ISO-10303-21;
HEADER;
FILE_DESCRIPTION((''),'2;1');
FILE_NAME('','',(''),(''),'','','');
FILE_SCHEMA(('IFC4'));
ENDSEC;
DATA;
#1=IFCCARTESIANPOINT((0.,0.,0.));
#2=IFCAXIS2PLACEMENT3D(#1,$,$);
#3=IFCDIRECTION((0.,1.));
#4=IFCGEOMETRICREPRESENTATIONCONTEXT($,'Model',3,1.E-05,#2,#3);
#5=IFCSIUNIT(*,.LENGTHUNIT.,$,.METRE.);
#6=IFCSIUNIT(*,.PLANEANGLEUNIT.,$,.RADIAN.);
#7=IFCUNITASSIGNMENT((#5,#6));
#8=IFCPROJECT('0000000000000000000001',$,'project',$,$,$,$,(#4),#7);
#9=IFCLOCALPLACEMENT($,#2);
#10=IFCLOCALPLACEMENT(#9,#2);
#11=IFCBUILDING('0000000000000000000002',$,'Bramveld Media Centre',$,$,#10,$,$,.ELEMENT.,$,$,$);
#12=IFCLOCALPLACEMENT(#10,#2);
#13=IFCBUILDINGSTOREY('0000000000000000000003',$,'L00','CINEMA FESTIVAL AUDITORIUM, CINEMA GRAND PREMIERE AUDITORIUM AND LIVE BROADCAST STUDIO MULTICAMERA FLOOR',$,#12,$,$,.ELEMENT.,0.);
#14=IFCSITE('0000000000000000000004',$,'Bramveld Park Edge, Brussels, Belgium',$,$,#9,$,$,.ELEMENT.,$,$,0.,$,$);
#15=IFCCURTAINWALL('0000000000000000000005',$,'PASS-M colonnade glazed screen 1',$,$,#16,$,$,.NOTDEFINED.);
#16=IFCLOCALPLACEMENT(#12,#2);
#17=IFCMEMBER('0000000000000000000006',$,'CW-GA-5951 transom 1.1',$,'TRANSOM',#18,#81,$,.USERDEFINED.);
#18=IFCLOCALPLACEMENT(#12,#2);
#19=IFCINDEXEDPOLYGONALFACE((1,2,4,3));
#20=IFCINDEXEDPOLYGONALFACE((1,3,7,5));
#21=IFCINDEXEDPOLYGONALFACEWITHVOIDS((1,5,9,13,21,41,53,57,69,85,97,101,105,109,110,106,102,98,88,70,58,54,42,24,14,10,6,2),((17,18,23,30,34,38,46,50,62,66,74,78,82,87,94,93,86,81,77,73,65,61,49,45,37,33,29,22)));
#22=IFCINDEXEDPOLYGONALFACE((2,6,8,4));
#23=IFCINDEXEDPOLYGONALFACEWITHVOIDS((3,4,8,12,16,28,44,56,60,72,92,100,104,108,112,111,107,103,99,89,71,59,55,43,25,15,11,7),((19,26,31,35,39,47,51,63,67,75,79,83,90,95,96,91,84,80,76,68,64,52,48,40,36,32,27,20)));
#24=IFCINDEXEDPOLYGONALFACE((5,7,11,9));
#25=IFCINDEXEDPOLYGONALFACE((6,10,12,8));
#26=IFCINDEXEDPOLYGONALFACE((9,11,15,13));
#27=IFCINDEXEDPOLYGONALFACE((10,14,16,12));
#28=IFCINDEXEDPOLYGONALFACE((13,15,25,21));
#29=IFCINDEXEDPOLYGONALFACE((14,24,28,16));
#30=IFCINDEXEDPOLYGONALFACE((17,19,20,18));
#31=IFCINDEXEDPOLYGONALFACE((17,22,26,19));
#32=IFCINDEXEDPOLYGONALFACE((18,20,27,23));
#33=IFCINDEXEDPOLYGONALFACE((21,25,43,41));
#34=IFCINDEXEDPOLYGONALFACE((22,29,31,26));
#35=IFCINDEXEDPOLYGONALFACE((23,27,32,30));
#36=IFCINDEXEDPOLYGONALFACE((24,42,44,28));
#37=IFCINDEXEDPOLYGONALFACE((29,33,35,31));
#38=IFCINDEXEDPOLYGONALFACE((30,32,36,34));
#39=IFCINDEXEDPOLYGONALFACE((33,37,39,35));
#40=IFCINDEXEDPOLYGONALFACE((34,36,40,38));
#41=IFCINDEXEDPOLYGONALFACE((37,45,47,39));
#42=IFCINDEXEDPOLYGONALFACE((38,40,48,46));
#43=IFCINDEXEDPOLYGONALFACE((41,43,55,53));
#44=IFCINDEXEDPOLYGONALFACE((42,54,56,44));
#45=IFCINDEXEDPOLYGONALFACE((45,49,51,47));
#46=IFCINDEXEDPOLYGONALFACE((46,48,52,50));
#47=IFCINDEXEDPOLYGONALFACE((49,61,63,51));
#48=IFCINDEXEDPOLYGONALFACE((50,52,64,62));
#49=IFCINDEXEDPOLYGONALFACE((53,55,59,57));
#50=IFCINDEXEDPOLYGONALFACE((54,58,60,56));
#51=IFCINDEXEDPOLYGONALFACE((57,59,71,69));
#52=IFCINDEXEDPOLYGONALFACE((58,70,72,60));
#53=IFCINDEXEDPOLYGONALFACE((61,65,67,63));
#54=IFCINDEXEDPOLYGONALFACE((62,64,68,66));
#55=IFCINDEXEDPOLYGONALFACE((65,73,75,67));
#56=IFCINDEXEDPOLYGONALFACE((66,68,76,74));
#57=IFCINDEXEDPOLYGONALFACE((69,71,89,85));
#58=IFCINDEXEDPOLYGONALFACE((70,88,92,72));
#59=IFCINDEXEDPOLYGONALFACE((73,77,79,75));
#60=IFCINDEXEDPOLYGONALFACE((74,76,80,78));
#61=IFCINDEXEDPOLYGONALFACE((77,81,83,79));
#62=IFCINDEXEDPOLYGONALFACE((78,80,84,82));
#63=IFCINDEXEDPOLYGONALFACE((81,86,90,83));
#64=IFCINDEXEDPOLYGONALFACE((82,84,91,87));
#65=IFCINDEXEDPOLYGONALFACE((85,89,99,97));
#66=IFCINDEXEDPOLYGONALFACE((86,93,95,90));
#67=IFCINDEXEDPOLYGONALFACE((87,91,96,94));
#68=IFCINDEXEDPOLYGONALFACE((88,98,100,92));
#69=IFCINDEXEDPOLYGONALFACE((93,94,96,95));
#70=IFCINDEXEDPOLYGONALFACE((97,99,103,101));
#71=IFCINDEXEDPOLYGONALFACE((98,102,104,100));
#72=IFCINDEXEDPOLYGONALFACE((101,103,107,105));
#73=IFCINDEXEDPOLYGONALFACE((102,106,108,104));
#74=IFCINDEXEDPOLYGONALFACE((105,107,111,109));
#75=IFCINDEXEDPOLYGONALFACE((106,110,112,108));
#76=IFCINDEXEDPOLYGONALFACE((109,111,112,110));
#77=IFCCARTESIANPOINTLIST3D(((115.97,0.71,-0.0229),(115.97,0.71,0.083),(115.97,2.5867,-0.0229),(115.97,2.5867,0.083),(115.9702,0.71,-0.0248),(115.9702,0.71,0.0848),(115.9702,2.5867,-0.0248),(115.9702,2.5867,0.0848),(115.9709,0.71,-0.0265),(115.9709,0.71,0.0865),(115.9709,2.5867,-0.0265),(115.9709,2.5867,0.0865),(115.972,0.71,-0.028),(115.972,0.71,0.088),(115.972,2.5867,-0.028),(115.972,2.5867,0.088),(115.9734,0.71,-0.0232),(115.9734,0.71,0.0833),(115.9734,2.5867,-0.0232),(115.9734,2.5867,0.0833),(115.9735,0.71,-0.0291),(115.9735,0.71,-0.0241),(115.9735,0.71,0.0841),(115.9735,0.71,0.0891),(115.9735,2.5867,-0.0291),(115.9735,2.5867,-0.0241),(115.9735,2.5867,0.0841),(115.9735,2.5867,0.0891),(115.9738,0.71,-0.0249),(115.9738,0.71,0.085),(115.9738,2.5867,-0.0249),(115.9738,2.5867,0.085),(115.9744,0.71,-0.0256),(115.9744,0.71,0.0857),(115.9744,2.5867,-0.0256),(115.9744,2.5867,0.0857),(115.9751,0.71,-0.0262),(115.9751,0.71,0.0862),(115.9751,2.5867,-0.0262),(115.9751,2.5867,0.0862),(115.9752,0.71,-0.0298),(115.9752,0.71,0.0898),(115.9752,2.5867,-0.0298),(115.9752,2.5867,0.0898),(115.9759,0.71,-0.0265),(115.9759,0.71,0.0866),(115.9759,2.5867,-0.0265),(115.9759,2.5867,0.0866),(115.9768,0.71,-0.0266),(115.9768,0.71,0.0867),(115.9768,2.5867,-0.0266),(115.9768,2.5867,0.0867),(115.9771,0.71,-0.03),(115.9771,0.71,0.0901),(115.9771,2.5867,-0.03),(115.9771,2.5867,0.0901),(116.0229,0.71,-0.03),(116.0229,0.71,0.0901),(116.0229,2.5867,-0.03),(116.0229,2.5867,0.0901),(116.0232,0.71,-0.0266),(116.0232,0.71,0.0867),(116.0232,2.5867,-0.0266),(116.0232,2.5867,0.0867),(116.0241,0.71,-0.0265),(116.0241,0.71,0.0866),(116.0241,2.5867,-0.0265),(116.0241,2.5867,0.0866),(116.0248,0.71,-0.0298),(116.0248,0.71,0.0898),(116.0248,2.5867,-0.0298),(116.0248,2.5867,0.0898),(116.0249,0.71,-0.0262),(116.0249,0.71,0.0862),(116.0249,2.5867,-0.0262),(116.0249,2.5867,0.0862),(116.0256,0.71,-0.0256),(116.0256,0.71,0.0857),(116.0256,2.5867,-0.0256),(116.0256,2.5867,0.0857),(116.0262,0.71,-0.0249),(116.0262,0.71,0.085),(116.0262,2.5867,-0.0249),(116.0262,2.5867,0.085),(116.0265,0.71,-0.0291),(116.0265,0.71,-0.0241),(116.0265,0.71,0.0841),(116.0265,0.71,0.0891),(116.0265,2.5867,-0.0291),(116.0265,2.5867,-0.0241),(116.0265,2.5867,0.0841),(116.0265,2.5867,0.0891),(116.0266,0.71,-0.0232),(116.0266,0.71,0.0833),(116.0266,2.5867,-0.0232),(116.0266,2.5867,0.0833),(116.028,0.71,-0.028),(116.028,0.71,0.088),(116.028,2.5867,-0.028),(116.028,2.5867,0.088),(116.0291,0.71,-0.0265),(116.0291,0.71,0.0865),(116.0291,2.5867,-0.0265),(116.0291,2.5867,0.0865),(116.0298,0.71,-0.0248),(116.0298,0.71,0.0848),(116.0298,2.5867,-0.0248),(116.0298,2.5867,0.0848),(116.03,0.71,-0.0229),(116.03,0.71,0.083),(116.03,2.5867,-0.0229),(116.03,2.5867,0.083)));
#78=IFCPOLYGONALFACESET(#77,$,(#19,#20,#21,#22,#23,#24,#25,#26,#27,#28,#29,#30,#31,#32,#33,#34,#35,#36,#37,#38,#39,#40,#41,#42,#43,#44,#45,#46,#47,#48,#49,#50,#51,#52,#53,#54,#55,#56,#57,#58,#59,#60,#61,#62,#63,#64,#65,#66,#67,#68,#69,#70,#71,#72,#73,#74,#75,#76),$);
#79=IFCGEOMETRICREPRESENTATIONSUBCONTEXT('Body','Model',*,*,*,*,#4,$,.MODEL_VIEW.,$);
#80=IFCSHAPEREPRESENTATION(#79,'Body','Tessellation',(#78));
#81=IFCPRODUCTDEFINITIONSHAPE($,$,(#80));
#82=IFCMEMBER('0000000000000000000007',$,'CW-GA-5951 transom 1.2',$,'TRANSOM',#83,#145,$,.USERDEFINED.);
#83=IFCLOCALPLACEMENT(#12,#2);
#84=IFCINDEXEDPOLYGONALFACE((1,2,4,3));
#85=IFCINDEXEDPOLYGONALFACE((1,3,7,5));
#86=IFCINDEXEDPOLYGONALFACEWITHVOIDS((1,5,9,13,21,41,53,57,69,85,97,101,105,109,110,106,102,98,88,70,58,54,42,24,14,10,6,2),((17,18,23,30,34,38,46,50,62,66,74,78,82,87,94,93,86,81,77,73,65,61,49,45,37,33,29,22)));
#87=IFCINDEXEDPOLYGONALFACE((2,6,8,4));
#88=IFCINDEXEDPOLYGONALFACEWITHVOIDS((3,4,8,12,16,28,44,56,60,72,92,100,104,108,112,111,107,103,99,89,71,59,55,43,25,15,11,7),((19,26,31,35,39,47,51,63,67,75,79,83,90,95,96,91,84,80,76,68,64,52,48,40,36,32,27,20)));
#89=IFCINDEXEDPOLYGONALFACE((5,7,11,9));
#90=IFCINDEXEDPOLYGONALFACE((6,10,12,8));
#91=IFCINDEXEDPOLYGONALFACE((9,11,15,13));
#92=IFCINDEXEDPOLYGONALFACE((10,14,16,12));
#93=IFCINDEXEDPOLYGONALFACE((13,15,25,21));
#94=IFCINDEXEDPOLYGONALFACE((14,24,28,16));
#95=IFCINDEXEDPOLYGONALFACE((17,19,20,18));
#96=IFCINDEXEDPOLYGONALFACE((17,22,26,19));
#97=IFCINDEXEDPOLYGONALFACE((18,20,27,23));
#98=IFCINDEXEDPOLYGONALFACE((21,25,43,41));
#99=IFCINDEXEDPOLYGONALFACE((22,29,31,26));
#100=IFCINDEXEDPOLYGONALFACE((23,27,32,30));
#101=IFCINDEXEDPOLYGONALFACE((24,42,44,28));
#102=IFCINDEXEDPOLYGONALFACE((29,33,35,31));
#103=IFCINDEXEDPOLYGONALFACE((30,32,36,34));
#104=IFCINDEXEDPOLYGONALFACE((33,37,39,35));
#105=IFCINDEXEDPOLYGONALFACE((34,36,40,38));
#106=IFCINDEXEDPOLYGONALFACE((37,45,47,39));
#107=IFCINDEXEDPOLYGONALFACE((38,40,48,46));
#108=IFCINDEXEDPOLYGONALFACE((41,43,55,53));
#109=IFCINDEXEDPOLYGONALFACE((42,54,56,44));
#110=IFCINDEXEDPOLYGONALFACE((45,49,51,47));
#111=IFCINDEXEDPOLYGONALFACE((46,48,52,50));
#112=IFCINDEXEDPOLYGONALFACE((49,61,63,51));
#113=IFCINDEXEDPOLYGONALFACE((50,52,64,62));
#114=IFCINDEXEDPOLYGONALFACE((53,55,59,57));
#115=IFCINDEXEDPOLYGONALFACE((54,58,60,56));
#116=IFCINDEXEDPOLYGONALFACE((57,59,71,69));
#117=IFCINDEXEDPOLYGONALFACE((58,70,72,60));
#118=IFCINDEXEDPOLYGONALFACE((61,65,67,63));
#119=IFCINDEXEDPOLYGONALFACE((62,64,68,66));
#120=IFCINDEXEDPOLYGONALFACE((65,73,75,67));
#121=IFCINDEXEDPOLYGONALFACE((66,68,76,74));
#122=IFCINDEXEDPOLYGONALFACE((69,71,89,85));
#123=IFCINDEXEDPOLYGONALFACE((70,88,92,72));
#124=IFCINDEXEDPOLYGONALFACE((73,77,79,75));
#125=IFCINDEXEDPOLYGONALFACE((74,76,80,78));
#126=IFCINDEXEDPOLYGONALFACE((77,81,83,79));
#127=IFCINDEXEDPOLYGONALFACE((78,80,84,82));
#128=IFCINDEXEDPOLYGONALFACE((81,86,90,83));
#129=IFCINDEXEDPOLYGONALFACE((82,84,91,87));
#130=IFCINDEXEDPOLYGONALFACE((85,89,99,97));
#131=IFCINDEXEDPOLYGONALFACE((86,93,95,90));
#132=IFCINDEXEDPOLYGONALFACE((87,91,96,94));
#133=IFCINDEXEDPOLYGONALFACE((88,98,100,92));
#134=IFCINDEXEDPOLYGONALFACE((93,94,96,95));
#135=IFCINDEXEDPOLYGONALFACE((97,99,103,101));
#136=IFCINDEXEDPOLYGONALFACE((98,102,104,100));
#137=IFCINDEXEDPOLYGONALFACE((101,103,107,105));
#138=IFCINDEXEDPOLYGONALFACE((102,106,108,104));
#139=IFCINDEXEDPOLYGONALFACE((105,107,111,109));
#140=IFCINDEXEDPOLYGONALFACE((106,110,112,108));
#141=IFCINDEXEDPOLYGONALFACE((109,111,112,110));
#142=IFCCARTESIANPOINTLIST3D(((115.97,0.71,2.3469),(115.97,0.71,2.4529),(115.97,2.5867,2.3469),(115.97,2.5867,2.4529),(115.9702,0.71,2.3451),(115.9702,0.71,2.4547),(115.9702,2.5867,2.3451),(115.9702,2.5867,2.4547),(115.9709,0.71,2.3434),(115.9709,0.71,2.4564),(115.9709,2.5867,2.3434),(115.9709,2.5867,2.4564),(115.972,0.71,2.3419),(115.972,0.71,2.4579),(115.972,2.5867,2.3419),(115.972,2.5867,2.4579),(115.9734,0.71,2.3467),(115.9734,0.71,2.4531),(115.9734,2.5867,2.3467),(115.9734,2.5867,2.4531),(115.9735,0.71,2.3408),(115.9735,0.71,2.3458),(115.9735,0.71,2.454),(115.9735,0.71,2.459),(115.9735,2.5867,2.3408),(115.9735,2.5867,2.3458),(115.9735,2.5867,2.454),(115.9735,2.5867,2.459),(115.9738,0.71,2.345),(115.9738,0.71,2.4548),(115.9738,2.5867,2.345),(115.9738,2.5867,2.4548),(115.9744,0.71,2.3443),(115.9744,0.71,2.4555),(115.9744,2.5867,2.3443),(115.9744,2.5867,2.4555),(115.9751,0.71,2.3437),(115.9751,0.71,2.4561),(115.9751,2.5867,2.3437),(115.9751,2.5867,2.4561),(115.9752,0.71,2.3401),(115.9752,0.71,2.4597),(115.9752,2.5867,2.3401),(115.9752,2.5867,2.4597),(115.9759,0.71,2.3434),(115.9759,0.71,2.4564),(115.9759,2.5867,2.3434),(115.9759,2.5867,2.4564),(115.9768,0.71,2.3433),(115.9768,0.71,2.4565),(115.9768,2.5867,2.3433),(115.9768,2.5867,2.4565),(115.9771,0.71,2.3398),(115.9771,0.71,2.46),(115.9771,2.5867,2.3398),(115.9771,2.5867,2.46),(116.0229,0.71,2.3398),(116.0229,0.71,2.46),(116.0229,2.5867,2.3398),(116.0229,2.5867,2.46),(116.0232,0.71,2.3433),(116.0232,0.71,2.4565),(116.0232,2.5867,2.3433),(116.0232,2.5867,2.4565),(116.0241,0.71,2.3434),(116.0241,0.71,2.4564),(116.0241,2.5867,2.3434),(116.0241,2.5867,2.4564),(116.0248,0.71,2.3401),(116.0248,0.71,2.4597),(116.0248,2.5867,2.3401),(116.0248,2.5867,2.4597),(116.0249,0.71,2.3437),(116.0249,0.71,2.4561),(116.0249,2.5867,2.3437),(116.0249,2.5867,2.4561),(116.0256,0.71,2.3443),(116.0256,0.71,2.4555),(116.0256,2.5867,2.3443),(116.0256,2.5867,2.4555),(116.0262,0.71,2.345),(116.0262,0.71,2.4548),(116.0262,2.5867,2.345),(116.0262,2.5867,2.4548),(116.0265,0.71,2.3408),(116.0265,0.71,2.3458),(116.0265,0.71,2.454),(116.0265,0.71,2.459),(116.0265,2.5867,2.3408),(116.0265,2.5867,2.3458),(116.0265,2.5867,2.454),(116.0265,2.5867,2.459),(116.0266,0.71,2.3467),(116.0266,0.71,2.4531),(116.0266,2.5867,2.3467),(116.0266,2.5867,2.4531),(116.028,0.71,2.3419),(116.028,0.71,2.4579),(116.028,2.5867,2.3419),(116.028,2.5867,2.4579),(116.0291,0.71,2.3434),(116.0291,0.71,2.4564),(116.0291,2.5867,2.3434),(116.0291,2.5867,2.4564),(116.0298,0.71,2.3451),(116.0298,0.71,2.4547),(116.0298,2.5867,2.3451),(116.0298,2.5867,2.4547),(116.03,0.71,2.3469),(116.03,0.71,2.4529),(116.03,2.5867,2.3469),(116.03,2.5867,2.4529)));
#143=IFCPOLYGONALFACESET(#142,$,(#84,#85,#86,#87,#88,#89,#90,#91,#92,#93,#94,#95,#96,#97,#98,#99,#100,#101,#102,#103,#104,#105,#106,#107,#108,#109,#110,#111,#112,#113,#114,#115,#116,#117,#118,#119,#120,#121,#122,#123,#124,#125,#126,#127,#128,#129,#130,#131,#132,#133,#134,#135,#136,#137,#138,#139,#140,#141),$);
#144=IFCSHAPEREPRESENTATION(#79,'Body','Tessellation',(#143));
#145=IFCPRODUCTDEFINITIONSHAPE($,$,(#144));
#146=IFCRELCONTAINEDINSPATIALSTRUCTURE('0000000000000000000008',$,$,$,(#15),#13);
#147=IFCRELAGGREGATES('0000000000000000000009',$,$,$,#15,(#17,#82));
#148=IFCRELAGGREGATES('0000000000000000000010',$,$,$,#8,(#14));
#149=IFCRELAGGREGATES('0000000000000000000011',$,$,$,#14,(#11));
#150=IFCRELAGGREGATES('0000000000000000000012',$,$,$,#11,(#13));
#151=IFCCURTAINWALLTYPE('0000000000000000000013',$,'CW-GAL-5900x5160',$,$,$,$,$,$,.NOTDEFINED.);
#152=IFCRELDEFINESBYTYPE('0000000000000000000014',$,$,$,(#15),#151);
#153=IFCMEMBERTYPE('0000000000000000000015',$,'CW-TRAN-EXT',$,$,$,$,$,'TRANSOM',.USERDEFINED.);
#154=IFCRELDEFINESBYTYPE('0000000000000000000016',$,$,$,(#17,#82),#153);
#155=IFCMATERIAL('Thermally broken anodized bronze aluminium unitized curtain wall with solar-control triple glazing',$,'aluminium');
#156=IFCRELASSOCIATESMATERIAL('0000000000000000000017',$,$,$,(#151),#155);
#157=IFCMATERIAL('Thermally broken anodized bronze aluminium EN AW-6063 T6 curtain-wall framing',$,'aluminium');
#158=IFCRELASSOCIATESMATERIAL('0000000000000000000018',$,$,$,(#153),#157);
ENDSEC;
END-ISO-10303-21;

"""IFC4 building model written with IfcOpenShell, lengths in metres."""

from ifc_helpers import new_model, si_unit, direction, frame, origin, origin_2d, place, context, subcontext, project, spatial, hollow_rectangle, extrude, material, material_profile, profile_set, type_object, element, aggregate, save


model = new_model("IFC4")

# Units and contexts
model_context = context("Model", 3, precision=1e-05, world=origin(), true_north=direction((0.0, 1.0)))
body_context = subcontext(model_context, "Body", "Model", "MODEL_VIEW")
ifc_project = project(units=[si_unit("LENGTHUNIT", "METRE"), si_unit("PLANEANGLEUNIT", "RADIAN")], contexts=[model_context])

# Site, building, storey
site_placement = place(None, origin())
site = spatial("IfcSite", under=ifc_project, at=site_placement, Name="Bramveld Park Edge, Brussels, Belgium", CompositionType="ELEMENT", RefElevation=0.0)
building_placement = place(site_placement, origin())
building = spatial("IfcBuilding", under=site, at=building_placement, Name="Bramveld Media Centre", CompositionType="ELEMENT")
storey_placement = place(building_placement, origin())
storey = spatial("IfcBuildingStorey", under=building, at=storey_placement, Name="L00", Description="CINEMA FESTIVAL AUDITORIUM, CINEMA GRAND PREMIERE AUDITORIUM AND LIVE BROADCAST STUDIO MULTICAMERA FLOOR", CompositionType="ELEMENT", Elevation=0.0)

# Curtain wall, members
ifc_material_1 = material(Name="Thermally broken anodized bronze aluminium unitized curtain wall with solar-control triple glazing", Category="aluminium")
curtain_wall_type = type_object("IfcCurtainWallType", Name="CW-GAL-5900x5160", PredefinedType="NOTDEFINED", material=ifc_material_1)
curtain_wall_placement = place(storey_placement, origin())
curtain_wall = element("IfcCurtainWall", 1, at=curtain_wall_placement, inside=storey, type_object=curtain_wall_type, Name="PASS-M colonnade glazed screen 1", PredefinedType="NOTDEFINED")
ifc_material_2 = material(Name="Thermally broken anodized bronze aluminium EN AW-6063 T6 curtain-wall framing", Category="aluminium")
ifc_material_profile_1 = material_profile(ifc_material_2, hollow_rectangle(XDim=0.0601, YDim=0.1201, WallThickness=0.0034, InnerFilletRadius=0.0034, OuterFilletRadius=0.0071, at=origin_2d()), Name="AL-TRAN 60x120")
ifc_profile_set_1 = profile_set([ifc_material_profile_1], Name="Thermally broken anodized bronze aluminium EN AW-6063 T6 curtain-wall framing")
member_type_1 = type_object("IfcMemberType", Name="CW-TRAN-EXT", ElementType="TRANSOM", PredefinedType="USERDEFINED", material=ifc_profile_set_1)
member_1_placement = place(storey_placement, frame((116.0, 0.71, 0.03), z_axis=(0.0, 1.0, 0.0), x_axis=(-1.0, 0.0, 0.0)))
member_1 = element("IfcMember", 2, at=member_1_placement, type_object=member_type_1, Name="CW-GA-5951 transom 1.1", ObjectType="TRANSOM", PredefinedType="USERDEFINED", context=body_context, shape_type="SweptSolid", body=[
    extrude(hollow_rectangle(XDim=0.0601, YDim=0.1201, WallThickness=0.0034, InnerFilletRadius=0.0034, OuterFilletRadius=0.0071, at=origin_2d()), origin(), (0.0, 0.0, 1.0), 1.8767),
])
member_2_placement = place(storey_placement, frame((116.0, 0.71, 2.3999), z_axis=(0.0, 1.0, 0.0), x_axis=(-1.0, 0.0, 0.0)))
member_2 = element("IfcMember", 3, at=member_2_placement, type_object=member_type_1, Name="CW-GA-5951 transom 1.2", ObjectType="TRANSOM", PredefinedType="USERDEFINED", context=body_context, shape_type="SweptSolid", body=[
    extrude(hollow_rectangle(XDim=0.0601, YDim=0.1201, WallThickness=0.0034, InnerFilletRadius=0.0034, OuterFilletRadius=0.0071, at=origin_2d()), origin(), (0.0, 0.0, 1.0), 1.8767),
])

aggregate(curtain_wall, [member_1, member_2])

save(model, "model.ifc")
